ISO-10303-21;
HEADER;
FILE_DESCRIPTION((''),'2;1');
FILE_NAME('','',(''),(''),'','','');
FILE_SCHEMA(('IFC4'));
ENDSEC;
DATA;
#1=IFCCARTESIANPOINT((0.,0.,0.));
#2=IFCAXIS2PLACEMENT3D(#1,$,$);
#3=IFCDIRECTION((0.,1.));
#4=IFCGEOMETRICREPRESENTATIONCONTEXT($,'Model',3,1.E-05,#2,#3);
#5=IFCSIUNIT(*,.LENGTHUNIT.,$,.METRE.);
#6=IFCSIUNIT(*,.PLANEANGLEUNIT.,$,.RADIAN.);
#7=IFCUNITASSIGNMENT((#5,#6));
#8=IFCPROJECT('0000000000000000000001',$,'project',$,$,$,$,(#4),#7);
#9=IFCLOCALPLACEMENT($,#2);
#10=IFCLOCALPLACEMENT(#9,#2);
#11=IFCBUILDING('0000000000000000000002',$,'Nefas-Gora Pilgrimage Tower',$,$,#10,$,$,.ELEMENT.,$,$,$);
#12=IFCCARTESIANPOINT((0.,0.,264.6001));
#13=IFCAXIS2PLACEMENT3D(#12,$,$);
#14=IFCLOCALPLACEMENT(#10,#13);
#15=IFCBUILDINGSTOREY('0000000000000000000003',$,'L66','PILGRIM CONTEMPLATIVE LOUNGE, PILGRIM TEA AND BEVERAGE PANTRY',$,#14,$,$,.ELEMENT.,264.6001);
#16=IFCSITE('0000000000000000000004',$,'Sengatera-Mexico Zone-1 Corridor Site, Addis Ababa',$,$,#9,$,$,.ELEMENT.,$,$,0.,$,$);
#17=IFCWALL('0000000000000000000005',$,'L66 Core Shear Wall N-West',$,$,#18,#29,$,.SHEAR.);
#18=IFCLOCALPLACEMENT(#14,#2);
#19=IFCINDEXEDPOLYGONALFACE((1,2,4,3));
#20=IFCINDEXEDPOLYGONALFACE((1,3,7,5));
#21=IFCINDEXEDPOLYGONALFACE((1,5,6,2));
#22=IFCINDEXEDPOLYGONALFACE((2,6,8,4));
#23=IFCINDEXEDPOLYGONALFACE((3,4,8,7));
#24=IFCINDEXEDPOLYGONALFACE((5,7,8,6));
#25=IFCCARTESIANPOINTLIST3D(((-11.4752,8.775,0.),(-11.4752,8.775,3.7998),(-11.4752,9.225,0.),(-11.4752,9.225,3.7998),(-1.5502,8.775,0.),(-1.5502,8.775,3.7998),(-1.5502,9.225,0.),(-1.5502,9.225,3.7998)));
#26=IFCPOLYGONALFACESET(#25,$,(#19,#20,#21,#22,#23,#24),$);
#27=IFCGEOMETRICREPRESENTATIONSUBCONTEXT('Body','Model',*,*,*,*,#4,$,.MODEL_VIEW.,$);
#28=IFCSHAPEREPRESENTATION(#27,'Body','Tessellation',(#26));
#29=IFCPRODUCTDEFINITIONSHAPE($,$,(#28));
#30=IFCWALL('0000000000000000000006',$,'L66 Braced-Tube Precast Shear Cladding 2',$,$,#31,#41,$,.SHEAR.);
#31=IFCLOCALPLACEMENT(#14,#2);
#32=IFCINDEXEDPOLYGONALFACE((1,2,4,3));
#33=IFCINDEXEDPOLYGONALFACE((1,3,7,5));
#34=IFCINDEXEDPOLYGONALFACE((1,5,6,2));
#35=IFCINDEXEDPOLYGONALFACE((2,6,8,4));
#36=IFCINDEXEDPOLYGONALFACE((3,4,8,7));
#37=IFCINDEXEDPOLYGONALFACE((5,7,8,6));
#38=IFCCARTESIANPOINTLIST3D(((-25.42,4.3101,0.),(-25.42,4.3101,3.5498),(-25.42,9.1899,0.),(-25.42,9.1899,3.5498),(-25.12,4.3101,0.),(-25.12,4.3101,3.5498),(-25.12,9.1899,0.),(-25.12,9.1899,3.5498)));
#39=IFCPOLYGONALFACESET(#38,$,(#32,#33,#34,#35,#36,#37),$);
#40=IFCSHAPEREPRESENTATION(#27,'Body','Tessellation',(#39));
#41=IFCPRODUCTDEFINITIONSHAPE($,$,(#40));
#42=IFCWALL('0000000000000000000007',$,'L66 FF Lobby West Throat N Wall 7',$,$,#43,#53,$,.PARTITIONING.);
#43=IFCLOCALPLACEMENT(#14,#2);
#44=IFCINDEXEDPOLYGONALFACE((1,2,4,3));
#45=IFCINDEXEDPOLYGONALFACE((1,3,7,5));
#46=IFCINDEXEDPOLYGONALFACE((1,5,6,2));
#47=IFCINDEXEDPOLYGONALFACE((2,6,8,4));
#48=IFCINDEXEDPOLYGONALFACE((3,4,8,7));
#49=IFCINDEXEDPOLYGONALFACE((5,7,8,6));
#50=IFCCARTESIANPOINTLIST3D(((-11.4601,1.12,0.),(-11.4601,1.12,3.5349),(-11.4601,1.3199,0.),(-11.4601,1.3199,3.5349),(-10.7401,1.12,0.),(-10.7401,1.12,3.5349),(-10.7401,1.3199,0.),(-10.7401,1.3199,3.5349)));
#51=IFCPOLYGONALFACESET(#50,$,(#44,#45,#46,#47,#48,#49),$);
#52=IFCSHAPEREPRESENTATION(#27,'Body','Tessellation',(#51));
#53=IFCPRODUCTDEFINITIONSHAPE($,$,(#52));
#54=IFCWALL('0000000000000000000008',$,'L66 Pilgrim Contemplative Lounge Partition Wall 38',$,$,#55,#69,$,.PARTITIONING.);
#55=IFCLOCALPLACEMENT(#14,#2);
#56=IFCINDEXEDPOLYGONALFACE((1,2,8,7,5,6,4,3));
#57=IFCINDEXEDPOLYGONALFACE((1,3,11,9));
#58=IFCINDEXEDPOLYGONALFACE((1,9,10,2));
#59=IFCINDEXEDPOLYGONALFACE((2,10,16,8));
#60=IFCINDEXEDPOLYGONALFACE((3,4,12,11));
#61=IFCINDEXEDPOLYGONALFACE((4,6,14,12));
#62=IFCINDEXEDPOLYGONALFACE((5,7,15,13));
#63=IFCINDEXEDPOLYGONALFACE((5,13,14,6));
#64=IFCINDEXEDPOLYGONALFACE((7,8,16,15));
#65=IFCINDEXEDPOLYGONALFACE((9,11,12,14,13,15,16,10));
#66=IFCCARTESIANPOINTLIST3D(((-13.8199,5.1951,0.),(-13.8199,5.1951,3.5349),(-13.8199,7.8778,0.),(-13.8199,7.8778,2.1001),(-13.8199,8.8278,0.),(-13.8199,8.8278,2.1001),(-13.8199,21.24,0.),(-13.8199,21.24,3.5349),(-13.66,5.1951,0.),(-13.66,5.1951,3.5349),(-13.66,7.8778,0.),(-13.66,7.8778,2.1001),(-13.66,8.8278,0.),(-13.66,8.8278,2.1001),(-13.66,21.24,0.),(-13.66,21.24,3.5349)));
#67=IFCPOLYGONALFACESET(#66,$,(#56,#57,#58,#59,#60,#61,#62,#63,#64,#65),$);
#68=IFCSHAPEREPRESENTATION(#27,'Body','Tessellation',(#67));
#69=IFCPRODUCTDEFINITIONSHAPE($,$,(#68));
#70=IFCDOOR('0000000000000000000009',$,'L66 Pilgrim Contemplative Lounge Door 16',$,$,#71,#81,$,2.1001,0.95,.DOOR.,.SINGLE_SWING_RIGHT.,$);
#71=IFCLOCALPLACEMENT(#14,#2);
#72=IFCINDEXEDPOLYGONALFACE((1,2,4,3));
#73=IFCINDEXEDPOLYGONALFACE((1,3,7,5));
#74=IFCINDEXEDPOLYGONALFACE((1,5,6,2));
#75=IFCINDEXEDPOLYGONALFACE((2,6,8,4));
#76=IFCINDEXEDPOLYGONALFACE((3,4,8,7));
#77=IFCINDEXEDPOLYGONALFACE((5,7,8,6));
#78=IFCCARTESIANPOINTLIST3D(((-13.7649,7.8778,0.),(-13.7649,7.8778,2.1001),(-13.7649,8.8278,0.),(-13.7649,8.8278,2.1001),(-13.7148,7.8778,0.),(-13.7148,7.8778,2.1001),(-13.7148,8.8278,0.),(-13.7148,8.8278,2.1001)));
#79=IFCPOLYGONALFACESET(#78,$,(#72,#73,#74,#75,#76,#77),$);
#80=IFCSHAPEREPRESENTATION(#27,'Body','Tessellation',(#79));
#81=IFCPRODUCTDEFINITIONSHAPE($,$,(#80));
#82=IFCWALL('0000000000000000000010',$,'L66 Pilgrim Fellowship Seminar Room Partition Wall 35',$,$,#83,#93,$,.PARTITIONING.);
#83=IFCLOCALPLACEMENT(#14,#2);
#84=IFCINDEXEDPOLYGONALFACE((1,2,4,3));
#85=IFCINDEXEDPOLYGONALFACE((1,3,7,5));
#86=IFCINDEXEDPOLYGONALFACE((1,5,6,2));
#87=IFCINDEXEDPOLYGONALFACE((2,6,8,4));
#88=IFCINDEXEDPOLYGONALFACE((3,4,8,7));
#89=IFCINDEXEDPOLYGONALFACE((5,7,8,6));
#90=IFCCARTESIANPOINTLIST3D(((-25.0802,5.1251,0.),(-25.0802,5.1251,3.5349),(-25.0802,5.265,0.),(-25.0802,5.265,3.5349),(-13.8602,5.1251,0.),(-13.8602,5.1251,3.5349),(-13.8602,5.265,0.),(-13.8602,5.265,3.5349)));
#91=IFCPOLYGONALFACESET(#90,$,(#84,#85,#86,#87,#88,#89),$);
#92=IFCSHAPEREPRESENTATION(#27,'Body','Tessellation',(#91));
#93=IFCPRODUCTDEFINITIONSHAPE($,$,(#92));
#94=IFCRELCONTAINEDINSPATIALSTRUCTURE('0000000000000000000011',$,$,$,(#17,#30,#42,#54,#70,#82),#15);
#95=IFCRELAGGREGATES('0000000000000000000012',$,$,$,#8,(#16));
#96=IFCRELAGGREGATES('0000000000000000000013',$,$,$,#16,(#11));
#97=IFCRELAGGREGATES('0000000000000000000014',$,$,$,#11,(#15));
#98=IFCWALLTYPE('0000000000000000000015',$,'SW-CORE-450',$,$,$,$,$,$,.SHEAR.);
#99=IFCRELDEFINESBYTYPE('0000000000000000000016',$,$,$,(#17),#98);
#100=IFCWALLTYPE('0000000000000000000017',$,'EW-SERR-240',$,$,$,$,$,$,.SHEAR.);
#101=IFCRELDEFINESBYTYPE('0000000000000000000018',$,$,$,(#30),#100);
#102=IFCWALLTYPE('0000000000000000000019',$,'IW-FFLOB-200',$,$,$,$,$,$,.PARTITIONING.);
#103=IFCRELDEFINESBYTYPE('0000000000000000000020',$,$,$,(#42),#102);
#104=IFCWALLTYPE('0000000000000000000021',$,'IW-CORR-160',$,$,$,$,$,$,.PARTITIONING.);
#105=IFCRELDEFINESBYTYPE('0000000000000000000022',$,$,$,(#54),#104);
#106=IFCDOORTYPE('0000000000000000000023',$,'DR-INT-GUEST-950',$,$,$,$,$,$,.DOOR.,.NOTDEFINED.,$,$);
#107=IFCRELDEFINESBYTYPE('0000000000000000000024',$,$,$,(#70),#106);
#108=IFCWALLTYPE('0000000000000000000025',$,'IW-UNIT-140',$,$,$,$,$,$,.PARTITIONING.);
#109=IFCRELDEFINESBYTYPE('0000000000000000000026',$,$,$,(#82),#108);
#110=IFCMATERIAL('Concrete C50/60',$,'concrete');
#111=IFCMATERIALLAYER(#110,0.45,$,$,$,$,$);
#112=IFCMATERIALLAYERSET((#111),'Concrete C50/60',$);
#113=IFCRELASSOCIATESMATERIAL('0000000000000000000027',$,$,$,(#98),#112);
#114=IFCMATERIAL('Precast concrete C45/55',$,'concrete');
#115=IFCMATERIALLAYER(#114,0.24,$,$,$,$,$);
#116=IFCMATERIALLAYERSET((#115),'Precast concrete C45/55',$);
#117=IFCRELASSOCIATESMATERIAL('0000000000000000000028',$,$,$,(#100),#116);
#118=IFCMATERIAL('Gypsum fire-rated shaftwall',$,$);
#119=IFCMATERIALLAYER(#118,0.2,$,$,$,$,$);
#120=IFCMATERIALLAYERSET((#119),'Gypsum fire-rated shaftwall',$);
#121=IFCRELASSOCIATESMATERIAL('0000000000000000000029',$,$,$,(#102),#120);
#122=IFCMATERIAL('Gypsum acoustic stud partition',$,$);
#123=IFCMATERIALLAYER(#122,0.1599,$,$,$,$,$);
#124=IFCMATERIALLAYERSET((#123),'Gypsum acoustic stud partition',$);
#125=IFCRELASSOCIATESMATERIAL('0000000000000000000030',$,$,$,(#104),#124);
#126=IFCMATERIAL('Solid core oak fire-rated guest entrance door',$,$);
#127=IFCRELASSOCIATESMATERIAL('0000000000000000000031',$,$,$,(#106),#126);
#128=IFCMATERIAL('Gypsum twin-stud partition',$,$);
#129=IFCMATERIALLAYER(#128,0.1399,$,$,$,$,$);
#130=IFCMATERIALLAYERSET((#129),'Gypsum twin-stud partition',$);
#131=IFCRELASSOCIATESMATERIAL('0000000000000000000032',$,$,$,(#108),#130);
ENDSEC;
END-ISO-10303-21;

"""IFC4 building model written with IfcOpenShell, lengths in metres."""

from ifc_helpers import new_model, si_unit, direction, frame, frame_2d, origin, place, context, subcontext, project, spatial, rectangle, extrude, source, transform, mapped, material, layer, layer_set, type_object, element, fill, save


model = new_model("IFC4")

# Units and contexts
model_context = context("Model", 3, precision=1e-05, world=origin(), true_north=direction((0.0, 1.0)))
body_context = subcontext(model_context, "Body", "Model", "MODEL_VIEW")
ifc_project = project(units=[si_unit("LENGTHUNIT", "METRE"), si_unit("PLANEANGLEUNIT", "RADIAN")], contexts=[model_context])

# Site, building, storey
site_placement = place(None, origin())
site = spatial("IfcSite", under=ifc_project, at=site_placement, Name="Sengatera-Mexico Zone-1 Corridor Site, Addis Ababa", CompositionType="ELEMENT", RefElevation=0.0)
building_placement = place(site_placement, origin())
building = spatial("IfcBuilding", under=site, at=building_placement, Name="Nefas-Gora Pilgrimage Tower", CompositionType="ELEMENT")
storey_placement = place(building_placement, frame((0.0, 0.0, 264.6001)))
storey = spatial("IfcBuildingStorey", under=building, at=storey_placement, Name="L66", Description="PILGRIM CONTEMPLATIVE LOUNGE, PILGRIM TEA AND BEVERAGE PANTRY", CompositionType="ELEMENT", Elevation=264.6001)

# Walls
ifc_material_1 = material(Name="Concrete C50/60", Category="concrete")
ifc_layer_1 = layer(ifc_material_1, 0.45)
ifc_layer_set_1 = layer_set([ifc_layer_1], Name="Concrete C50/60")
wall_type_1 = type_object("IfcWallType", Name="SW-CORE-450", PredefinedType="SHEAR", material=ifc_layer_set_1)
shared_shape_1 = source(origin(), body_context, "Body", "SweptSolid", [
    extrude(rectangle(XDim=9.925, YDim=0.45, at=frame_2d((4.9624, 0.0))), origin(), (0.0, 0.0, 1.0), 3.7998),
])
wall_1_placement = place(storey_placement, frame((-11.4751, 9.0, 0.0), z_axis=(0.0, 0.0, 1.0), x_axis=(1.0, 0.0, 0.0)))
element("IfcWall", 1, at=wall_1_placement, inside=storey, type_object=wall_type_1, Name="L66 Core Shear Wall N-West", PredefinedType="SHEAR", context=body_context, shape_type="MappedRepresentation", body=[
    mapped(shared_shape_1, transform((0.0, 0.0, 0.0), x_axis=(1.0, 0.0, 0.0), y_axis=(0.0, 1.0, 0.0), z_axis=(0.0, 0.0, 1.0), scale=1.0)),
])
ifc_material_2 = material(Name="Precast concrete C45/55", Category="concrete")
ifc_layer_2 = layer(ifc_material_2, 0.24)
ifc_layer_set_2 = layer_set([ifc_layer_2], Name="Precast concrete C45/55")
wall_type_2 = type_object("IfcWallType", Name="EW-SERR-240", PredefinedType="SHEAR", material=ifc_layer_set_2)
shared_shape_2 = source(origin(), body_context, "Body", "SweptSolid", [
    extrude(rectangle(XDim=4.8799, YDim=0.3, at=frame_2d((2.4399, 0.0))), origin(), (0.0, 0.0, 1.0), 3.5498),
])
wall_2_placement = place(storey_placement, frame((-25.27, 4.3101, 0.0), z_axis=(0.0, 0.0, 1.0), x_axis=(0.0, 1.0, 0.0)))
element("IfcWall", 2, at=wall_2_placement, inside=storey, type_object=wall_type_2, Name="L66 Braced-Tube Precast Shear Cladding 2", PredefinedType="SHEAR", context=body_context, shape_type="MappedRepresentation", body=[
    mapped(shared_shape_2, transform((0.0, 0.0, 0.0), x_axis=(1.0, 0.0, 0.0), y_axis=(0.0, 1.0, 0.0), z_axis=(0.0, 0.0, 1.0), scale=1.0)),
])
ifc_material_3 = material(Name="Gypsum fire-rated shaftwall")
ifc_layer_3 = layer(ifc_material_3, 0.2)
ifc_layer_set_3 = layer_set([ifc_layer_3], Name="Gypsum fire-rated shaftwall")
wall_type_3 = type_object("IfcWallType", Name="IW-FFLOB-200", PredefinedType="PARTITIONING", material=ifc_layer_set_3)
shared_shape_3 = source(origin(), body_context, "Body", "SweptSolid", [
    extrude(rectangle(XDim=0.72, YDim=0.2, at=frame_2d((0.3599, 0.0))), origin(), (0.0, 0.0, 1.0), 3.5349),
])
wall_3_placement = place(storey_placement, frame((-11.46, 1.22, 0.0), z_axis=(0.0, 0.0, 1.0), x_axis=(1.0, 0.0, 0.0)))
element("IfcWall", 3, at=wall_3_placement, inside=storey, type_object=wall_type_3, Name="L66 FF Lobby West Throat N Wall 7", PredefinedType="PARTITIONING", context=body_context, shape_type="MappedRepresentation", body=[
    mapped(shared_shape_3, transform((0.0, 0.0, 0.0), x_axis=(1.0, 0.0, 0.0), y_axis=(0.0, 1.0, 0.0), z_axis=(0.0, 0.0, 1.0), scale=1.0)),
])

# Wall, opening, door
ifc_material_4 = material(Name="Gypsum acoustic stud partition")
ifc_layer_4 = layer(ifc_material_4, 0.1599)
ifc_layer_set_4 = layer_set([ifc_layer_4], Name="Gypsum acoustic stud partition")
wall_type_4 = type_object("IfcWallType", Name="IW-CORR-160", PredefinedType="PARTITIONING", material=ifc_layer_set_4)
shared_shape_4 = source(origin(), body_context, "Body", "SweptSolid", [
    extrude(rectangle(XDim=16.0449, YDim=0.1599, at=frame_2d((8.0225, 0.0))), origin(), (0.0, 0.0, 1.0), 3.5349),
])
wall_4_placement = place(storey_placement, frame((-13.74, 5.1951, 0.0), z_axis=(0.0, 0.0, 1.0), x_axis=(0.0, 1.0, 0.0)))
wall_4 = element("IfcWall", 4, at=wall_4_placement, inside=storey, type_object=wall_type_4, Name="L66 Pilgrim Contemplative Lounge Partition Wall 38", PredefinedType="PARTITIONING", context=body_context, shape_type="MappedRepresentation", body=[
    mapped(shared_shape_4, transform((0.0, 0.0, 0.0), x_axis=(1.0, 0.0, 0.0), y_axis=(0.0, 1.0, 0.0), z_axis=(0.0, 0.0, 1.0), scale=1.0)),
])
opening_placement = place(wall_4_placement, frame((2.6826, 0.0, 0.0)))
opening = element("IfcOpeningElement", 5, at=opening_placement, cuts=wall_4, PredefinedType="OPENING", context=body_context, shape_type="SweptSolid", body=[
    extrude(rectangle(XDim=0.95, YDim=2.1001, at=frame_2d((0.4751, 1.05))), frame((0.0, 0.0898, 0.0), z_axis=(0.0, -1.0, 0.0), x_axis=(1.0, 0.0, 0.0)), (0.0, 0.0, 1.0), 0.1799),
])
ifc_material_5 = material(Name="Solid core oak fire-rated guest entrance door")
door_type = type_object("IfcDoorType", Name="DR-INT-GUEST-950", OperationType="NOTDEFINED", PredefinedType="DOOR", material=ifc_material_5)
shared_shape_5 = source(origin(), body_context, "Body", "SweptSolid", [
    extrude(rectangle(XDim=0.95, YDim=2.1001, at=frame_2d((0.4751, 1.05))), frame((0.0, 0.0249, 0.0), z_axis=(0.0, -1.0, 0.0), x_axis=(1.0, 0.0, 0.0)), (0.0, 0.0, 1.0), 0.05),
])
door_placement = place(opening_placement, origin())
door = element("IfcDoor", 6, at=door_placement, inside=storey, type_object=door_type, Name="L66 Pilgrim Contemplative Lounge Door 16", OperationType="SINGLE_SWING_RIGHT", OverallHeight=2.1001, OverallWidth=0.95, PredefinedType="DOOR", context=body_context, shape_type="MappedRepresentation", body=[
    mapped(shared_shape_5, transform((0.0, 0.0, 0.0), x_axis=(1.0, 0.0, 0.0), y_axis=(0.0, 1.0, 0.0), z_axis=(0.0, 0.0, 1.0), scale=1.0)),
])
fill(opening, door)

# Wall
ifc_material_6 = material(Name="Gypsum twin-stud partition")
ifc_layer_5 = layer(ifc_material_6, 0.1399)
ifc_layer_set_5 = layer_set([ifc_layer_5], Name="Gypsum twin-stud partition")
wall_type_5 = type_object("IfcWallType", Name="IW-UNIT-140", PredefinedType="PARTITIONING", material=ifc_layer_set_5)
shared_shape_6 = source(origin(), body_context, "Body", "SweptSolid", [
    extrude(rectangle(XDim=11.22, YDim=0.1399, at=frame_2d((5.6099, 0.0))), origin(), (0.0, 0.0, 1.0), 3.5349),
])
wall_5_placement = place(storey_placement, frame((-25.0801, 5.1951, 0.0), z_axis=(0.0, 0.0, 1.0), x_axis=(1.0, 0.0, 0.0)))
element("IfcWall", 7, at=wall_5_placement, inside=storey, type_object=wall_type_5, Name="L66 Pilgrim Fellowship Seminar Room Partition Wall 35", PredefinedType="PARTITIONING", context=body_context, shape_type="MappedRepresentation", body=[
    mapped(shared_shape_6, transform((0.0, 0.0, 0.0), x_axis=(1.0, 0.0, 0.0), y_axis=(0.0, 1.0, 0.0), z_axis=(0.0, 0.0, 1.0), scale=1.0)),
])

save(model, "model.ifc")
